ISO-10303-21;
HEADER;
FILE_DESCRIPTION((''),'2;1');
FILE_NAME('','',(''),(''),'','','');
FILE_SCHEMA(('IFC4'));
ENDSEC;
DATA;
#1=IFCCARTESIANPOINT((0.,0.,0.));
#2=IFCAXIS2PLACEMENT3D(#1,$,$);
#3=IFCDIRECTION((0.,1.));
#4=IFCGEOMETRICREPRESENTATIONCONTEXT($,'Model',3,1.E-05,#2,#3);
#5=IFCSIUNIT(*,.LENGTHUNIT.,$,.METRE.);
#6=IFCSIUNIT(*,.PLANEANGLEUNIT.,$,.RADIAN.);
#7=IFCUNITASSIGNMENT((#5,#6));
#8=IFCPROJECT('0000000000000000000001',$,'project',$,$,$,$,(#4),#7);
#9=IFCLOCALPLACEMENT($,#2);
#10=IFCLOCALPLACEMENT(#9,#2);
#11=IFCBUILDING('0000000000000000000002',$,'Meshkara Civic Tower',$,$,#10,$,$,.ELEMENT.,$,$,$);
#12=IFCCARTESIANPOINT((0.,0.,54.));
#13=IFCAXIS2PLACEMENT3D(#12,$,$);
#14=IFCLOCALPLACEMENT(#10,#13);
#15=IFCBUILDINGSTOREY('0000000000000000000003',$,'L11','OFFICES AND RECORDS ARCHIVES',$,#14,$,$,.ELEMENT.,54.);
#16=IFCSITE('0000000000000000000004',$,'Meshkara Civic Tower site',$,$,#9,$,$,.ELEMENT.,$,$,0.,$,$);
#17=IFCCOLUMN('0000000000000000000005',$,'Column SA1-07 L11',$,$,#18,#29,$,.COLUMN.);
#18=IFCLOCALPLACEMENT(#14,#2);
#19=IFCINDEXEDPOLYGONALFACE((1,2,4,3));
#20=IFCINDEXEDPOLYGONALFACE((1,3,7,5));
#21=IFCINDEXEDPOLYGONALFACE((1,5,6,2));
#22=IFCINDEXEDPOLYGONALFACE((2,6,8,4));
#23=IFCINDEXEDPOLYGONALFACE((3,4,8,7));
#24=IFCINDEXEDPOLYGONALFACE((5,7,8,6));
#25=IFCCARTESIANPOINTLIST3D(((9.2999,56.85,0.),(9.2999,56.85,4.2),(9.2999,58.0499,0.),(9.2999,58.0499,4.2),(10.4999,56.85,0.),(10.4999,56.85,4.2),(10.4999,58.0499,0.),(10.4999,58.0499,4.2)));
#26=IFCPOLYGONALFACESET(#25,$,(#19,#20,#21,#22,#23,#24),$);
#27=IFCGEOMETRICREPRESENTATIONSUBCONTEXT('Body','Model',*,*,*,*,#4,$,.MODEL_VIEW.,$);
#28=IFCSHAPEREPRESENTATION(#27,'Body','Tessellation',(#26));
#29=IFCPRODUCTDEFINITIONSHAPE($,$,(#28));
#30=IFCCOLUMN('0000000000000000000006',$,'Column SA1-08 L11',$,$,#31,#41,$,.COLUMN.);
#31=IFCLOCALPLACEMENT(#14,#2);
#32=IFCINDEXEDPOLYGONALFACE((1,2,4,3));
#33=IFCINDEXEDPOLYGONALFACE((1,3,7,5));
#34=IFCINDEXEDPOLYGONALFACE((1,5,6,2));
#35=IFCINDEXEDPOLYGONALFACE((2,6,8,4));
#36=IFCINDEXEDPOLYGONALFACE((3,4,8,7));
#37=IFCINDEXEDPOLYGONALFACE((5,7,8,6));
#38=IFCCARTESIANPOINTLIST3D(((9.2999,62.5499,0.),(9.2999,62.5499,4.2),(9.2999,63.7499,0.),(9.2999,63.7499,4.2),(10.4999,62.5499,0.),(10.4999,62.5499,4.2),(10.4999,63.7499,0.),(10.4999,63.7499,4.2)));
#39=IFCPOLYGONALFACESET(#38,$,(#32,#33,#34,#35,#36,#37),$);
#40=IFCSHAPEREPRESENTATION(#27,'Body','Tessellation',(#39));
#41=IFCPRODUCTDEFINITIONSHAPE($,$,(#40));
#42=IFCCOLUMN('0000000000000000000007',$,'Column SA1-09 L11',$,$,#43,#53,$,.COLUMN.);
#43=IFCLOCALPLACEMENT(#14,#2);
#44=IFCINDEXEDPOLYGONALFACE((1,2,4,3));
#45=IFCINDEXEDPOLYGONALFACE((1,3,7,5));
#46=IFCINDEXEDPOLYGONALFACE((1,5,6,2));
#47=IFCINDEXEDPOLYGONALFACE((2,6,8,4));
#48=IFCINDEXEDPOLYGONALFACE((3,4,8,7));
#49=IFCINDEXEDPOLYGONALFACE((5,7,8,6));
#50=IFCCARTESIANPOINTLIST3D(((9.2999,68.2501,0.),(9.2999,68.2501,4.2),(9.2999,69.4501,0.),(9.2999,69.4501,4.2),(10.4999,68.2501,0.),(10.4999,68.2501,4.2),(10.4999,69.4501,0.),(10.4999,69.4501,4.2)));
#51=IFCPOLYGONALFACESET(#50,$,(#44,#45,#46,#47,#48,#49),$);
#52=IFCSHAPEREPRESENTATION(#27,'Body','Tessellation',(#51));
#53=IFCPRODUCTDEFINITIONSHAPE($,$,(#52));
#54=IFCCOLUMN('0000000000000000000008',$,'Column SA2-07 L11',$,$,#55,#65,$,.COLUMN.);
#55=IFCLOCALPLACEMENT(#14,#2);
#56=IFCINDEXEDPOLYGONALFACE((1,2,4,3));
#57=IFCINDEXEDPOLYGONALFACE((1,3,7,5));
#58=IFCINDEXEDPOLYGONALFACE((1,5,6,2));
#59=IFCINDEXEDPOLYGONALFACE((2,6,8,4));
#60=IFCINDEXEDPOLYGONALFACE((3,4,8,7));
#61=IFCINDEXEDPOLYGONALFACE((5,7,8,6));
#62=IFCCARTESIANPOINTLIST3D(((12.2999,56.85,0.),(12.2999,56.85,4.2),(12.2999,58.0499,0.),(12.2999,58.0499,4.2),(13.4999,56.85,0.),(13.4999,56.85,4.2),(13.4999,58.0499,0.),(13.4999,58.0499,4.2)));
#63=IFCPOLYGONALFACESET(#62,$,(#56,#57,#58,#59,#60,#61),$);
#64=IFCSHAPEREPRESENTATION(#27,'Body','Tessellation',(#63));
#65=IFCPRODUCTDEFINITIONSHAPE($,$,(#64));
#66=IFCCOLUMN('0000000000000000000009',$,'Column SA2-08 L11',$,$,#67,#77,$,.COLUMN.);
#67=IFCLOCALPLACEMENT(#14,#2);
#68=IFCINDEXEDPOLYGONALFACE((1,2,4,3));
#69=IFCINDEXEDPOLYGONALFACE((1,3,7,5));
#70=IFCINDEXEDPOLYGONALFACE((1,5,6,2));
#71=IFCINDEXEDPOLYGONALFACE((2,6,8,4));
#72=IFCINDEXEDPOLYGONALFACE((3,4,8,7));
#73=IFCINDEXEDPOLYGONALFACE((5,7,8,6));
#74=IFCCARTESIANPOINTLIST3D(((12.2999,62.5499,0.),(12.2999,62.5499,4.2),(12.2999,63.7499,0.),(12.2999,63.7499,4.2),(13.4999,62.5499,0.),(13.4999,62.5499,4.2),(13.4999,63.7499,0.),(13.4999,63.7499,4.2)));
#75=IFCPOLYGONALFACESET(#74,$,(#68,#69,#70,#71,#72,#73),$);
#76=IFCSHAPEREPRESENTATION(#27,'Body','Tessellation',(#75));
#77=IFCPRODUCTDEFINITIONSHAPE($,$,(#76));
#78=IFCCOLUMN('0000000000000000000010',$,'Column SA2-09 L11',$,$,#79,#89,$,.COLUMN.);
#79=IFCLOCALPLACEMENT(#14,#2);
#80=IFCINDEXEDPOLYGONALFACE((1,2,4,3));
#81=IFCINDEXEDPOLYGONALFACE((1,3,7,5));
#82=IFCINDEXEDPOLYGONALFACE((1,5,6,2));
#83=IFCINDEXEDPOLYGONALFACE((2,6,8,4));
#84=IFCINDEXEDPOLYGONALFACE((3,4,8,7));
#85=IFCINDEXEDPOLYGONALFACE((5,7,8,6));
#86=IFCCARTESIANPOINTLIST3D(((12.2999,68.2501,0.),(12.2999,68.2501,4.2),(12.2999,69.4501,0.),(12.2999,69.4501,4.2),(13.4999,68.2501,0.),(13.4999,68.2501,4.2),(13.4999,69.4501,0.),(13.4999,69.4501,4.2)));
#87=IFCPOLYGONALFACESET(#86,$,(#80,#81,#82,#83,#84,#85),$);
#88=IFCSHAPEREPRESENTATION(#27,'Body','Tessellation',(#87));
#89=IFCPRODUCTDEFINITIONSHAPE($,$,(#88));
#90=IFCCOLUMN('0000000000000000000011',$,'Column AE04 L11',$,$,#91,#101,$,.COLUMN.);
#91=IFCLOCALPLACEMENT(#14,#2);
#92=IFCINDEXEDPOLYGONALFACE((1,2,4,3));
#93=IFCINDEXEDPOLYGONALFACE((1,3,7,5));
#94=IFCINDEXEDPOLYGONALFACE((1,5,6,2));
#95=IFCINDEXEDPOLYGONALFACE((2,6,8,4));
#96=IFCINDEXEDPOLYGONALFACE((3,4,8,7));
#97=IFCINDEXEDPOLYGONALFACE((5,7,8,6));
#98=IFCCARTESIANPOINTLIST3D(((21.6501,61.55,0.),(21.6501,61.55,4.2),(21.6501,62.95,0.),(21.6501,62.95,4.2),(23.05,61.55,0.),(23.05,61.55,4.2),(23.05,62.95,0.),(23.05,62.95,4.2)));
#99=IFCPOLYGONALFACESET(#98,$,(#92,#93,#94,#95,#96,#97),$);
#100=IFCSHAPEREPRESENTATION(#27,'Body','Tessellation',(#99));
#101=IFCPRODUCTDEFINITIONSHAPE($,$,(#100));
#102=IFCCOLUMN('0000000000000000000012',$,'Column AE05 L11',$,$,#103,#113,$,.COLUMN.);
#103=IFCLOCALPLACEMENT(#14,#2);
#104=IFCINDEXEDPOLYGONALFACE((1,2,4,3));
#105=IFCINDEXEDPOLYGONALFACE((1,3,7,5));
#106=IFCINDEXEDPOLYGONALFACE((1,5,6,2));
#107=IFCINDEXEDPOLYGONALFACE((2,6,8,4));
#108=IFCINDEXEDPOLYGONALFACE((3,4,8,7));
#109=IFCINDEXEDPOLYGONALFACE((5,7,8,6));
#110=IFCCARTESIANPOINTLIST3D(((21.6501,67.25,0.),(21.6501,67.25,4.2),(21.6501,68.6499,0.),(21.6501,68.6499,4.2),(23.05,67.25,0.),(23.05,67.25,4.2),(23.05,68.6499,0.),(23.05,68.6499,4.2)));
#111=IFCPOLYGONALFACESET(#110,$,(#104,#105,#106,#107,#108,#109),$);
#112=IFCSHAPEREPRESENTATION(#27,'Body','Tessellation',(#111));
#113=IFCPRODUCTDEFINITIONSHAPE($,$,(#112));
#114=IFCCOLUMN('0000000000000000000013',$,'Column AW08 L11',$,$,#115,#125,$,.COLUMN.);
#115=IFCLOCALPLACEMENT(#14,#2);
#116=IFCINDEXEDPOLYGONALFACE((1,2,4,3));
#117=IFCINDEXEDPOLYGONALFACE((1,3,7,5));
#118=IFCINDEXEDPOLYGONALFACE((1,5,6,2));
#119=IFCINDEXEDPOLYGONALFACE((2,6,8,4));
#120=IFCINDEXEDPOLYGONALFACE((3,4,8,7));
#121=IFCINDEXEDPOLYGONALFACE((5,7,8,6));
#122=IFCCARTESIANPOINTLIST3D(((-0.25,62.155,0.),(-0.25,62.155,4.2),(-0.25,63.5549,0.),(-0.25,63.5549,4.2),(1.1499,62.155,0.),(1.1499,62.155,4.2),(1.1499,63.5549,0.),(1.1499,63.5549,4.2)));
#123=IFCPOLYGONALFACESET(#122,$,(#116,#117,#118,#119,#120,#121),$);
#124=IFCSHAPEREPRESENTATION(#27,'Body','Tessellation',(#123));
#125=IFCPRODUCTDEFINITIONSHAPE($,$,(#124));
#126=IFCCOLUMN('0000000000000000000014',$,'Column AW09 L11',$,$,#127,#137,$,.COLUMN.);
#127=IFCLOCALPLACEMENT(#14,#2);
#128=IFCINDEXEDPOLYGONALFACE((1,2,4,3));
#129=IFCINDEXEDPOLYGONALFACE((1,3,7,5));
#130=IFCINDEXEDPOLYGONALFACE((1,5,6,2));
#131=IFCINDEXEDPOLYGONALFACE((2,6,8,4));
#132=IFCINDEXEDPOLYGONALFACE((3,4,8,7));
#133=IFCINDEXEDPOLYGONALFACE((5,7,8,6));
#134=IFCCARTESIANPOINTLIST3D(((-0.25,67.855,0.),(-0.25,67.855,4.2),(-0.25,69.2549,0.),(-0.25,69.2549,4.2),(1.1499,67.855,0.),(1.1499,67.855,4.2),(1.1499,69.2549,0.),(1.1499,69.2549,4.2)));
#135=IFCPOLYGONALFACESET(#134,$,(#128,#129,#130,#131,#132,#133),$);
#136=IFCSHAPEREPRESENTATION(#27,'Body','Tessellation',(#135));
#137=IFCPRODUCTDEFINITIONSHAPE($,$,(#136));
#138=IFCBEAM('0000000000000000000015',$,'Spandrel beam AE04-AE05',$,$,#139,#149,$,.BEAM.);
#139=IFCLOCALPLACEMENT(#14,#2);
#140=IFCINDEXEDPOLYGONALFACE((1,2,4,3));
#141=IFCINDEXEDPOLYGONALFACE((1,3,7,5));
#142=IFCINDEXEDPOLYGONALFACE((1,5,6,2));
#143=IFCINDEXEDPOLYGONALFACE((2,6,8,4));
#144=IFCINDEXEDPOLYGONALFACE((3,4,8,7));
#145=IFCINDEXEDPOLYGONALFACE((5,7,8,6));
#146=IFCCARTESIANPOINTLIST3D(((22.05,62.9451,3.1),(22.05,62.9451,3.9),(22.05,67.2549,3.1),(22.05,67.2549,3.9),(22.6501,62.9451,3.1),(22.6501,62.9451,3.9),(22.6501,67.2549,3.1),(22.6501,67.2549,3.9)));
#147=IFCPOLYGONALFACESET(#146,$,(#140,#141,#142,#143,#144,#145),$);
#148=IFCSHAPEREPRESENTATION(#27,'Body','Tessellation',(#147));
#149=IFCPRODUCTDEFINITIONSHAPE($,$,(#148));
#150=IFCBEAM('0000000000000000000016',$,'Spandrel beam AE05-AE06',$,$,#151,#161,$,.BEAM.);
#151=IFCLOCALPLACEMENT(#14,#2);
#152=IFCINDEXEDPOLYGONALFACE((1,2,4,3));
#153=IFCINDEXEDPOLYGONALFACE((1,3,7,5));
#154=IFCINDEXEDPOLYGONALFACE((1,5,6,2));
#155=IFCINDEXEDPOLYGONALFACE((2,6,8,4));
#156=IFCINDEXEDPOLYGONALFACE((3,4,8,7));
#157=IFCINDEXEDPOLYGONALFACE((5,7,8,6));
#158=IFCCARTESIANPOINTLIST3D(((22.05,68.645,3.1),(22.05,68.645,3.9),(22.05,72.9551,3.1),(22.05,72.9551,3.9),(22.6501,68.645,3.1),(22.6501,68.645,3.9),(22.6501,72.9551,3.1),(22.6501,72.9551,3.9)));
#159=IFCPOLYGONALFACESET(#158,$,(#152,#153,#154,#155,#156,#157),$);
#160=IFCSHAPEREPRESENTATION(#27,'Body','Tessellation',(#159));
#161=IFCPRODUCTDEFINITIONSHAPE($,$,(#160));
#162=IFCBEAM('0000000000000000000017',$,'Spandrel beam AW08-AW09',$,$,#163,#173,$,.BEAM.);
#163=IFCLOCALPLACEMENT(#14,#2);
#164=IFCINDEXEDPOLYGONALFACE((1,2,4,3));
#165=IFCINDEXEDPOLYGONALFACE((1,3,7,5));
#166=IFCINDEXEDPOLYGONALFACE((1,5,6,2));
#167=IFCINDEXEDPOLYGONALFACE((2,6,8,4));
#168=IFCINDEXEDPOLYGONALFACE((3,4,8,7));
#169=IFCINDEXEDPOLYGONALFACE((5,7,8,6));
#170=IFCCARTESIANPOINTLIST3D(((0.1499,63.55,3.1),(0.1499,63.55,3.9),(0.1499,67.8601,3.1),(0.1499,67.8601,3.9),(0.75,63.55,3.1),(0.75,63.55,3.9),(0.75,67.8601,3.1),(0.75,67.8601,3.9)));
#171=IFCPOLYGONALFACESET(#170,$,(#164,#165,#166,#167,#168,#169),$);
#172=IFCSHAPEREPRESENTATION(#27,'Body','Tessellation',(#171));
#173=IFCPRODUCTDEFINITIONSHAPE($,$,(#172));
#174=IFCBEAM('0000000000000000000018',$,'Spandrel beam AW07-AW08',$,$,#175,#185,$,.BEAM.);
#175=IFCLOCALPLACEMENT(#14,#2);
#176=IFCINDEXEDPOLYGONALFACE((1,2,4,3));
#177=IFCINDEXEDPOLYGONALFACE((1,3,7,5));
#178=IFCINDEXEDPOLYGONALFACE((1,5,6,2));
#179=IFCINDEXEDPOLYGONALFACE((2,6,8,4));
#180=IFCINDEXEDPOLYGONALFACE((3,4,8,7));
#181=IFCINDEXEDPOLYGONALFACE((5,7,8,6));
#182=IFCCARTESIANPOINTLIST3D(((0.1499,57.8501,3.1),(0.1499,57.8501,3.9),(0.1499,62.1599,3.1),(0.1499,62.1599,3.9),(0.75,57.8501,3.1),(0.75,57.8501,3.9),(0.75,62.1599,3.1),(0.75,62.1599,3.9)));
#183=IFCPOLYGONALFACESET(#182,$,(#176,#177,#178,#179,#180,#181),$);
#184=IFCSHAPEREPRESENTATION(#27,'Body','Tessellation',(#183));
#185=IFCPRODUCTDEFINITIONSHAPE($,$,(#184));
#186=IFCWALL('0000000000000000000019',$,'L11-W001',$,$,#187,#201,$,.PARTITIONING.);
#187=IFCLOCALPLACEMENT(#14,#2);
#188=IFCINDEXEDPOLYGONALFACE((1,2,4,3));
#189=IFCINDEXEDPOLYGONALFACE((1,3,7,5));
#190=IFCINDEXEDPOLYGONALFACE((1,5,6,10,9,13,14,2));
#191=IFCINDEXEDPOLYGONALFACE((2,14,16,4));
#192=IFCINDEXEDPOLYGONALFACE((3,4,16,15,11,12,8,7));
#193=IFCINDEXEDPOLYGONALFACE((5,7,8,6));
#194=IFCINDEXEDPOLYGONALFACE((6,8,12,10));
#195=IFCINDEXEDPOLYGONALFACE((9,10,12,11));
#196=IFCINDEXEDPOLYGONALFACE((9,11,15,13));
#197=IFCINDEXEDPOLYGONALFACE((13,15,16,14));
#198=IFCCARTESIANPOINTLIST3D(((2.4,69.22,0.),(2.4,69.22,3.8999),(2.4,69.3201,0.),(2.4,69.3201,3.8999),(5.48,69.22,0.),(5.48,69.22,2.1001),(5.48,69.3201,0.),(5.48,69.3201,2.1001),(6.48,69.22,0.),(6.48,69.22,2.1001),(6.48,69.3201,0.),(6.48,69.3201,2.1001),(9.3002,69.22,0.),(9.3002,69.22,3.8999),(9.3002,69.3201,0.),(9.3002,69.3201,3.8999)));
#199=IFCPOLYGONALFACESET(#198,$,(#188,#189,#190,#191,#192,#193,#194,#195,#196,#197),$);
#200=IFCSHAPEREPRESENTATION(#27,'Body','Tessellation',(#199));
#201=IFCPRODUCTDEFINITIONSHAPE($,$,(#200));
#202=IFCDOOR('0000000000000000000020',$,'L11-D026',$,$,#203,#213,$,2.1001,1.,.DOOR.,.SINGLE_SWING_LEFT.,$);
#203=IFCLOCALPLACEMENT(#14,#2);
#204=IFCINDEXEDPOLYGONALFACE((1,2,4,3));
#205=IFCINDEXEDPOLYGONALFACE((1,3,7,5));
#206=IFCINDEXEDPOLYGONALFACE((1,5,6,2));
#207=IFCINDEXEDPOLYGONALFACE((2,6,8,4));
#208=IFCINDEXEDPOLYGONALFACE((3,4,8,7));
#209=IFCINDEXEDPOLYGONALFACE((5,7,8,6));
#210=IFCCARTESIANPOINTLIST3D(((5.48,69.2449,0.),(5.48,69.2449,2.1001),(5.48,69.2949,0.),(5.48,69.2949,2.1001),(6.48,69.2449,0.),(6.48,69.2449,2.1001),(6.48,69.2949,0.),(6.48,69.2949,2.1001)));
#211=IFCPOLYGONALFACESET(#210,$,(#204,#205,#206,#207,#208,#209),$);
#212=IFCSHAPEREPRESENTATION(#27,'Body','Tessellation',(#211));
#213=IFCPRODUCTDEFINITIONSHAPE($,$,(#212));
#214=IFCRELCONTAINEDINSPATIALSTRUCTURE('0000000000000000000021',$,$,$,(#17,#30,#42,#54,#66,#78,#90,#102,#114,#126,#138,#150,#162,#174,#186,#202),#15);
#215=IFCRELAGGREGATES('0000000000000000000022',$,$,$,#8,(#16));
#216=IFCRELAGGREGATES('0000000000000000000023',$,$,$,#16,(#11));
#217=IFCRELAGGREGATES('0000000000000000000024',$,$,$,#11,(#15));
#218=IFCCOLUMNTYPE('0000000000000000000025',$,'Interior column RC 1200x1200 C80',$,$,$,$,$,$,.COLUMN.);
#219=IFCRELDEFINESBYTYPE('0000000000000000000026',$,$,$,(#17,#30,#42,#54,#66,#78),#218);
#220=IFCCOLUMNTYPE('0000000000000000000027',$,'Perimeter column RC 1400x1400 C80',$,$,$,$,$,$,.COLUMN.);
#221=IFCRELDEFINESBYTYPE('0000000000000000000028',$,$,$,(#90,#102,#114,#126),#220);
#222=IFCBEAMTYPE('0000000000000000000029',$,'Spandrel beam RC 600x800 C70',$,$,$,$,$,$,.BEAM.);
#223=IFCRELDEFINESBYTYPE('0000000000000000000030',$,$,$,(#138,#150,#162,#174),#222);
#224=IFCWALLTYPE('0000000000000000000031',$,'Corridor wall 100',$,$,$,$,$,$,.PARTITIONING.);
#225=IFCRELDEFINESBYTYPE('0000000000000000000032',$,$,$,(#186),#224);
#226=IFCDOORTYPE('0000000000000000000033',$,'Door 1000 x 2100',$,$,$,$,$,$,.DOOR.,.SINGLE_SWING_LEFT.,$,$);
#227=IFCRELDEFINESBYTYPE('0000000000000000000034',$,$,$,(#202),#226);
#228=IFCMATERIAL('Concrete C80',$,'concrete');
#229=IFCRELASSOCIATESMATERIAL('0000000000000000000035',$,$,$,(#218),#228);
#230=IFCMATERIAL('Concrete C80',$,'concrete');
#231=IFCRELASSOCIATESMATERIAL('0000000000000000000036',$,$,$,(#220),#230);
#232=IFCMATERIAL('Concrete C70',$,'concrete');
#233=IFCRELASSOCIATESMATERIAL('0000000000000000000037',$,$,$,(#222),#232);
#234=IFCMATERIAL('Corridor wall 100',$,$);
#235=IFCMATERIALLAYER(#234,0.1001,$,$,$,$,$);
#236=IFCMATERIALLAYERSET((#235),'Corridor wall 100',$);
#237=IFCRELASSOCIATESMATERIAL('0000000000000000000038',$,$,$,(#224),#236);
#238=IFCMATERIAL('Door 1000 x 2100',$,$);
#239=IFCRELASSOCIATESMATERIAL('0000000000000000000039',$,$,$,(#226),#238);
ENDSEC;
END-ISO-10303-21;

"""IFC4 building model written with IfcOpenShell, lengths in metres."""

from ifc_helpers import new_model, si_unit, direction, frame, frame_2d, origin, origin_2d, place, context, subcontext, project, spatial, rectangle, extrude, material, layer, layer_set, material_profile, profile_set, type_object, element, fill, save


model = new_model("IFC4")

# Units and contexts
model_context = context("Model", 3, precision=1e-05, world=origin(), true_north=direction((0.0, 1.0)))
body_context = subcontext(model_context, "Body", "Model", "MODEL_VIEW")
ifc_project = project(units=[si_unit("LENGTHUNIT", "METRE"), si_unit("PLANEANGLEUNIT", "RADIAN")], contexts=[model_context])

# Site, building, storey
site_placement = place(None, origin())
site = spatial("IfcSite", under=ifc_project, at=site_placement, Name="Meshkara Civic Tower site", CompositionType="ELEMENT", RefElevation=0.0)
building_placement = place(site_placement, origin())
building = spatial("IfcBuilding", under=site, at=building_placement, Name="Meshkara Civic Tower", CompositionType="ELEMENT")
storey_placement = place(building_placement, frame((0.0, 0.0, 54.0)))
storey = spatial("IfcBuildingStorey", under=building, at=storey_placement, Name="L11", Description="OFFICES AND RECORDS ARCHIVES", CompositionType="ELEMENT", Elevation=54.0)

# Columns
ifc_material_1 = material(Name="Concrete C80", Category="concrete")
ifc_material_profile_1 = material_profile(ifc_material_1, rectangle(XDim=1.2, YDim=1.2, at=origin_2d()))
ifc_profile_set_1 = profile_set([ifc_material_profile_1], Name="Concrete C80")
column_type_1 = type_object("IfcColumnType", Name="Interior column RC 1200x1200 C80", PredefinedType="COLUMN", material=ifc_profile_set_1)
for number, where, z_axis, x_axis, name in (
    (1, (9.8999, 57.45, 0.0), (0.0, 0.0, 1.0), (1.0, 0.0, 0.0), "Column SA1-07 L11"),
    (2, (9.8999, 63.1499, 0.0), (0.0, 0.0, 1.0), (1.0, 0.0, 0.0), "Column SA1-08 L11"),
    (3, (9.8999, 68.8501, 0.0), (0.0, 0.0, 1.0), (1.0, 0.0, 0.0), "Column SA1-09 L11"),
    (4, (12.8999, 57.45, 0.0), (0.0, 0.0, 1.0), (1.0, 0.0, 0.0), "Column SA2-07 L11"),
    (5, (12.8999, 63.1499, 0.0), (0.0, 0.0, 1.0), (1.0, 0.0, 0.0), "Column SA2-08 L11"),
    (6, (12.8999, 68.8501, 0.0), (0.0, 0.0, 1.0), (1.0, 0.0, 0.0), "Column SA2-09 L11"),
):
    element("IfcColumn", number, at=place(storey_placement, frame(where, z_axis=z_axis, x_axis=x_axis)), inside=storey, type_object=column_type_1, Name=name, PredefinedType="COLUMN", context=body_context, shape_type="SweptSolid", body=[
        extrude(rectangle(XDim=1.2, YDim=1.2, at=origin_2d()), origin(), (0.0, 0.0, 1.0), 4.2),
    ])
ifc_material_2 = material(Name="Concrete C80", Category="concrete")
ifc_material_profile_2 = material_profile(ifc_material_2, rectangle(XDim=1.3999, YDim=1.3999, at=origin_2d()))
ifc_profile_set_2 = profile_set([ifc_material_profile_2], Name="Concrete C80")
column_type_2 = type_object("IfcColumnType", Name="Perimeter column RC 1400x1400 C80", PredefinedType="COLUMN", material=ifc_profile_set_2)
for number, where, z_axis, x_axis, name in (
    (7, (22.3501, 62.25, 0.0), (0.0, 0.0, 1.0), (1.0, 0.0, 0.0), "Column AE04 L11"),
    (8, (22.3501, 67.95, 0.0), (0.0, 0.0, 1.0), (1.0, 0.0, 0.0), "Column AE05 L11"),
    (9, (0.45, 62.855, 0.0), (0.0, 0.0, 1.0), (1.0, 0.0, 0.0), "Column AW08 L11"),
    (10, (0.45, 68.5549, 0.0), (0.0, 0.0, 1.0), (1.0, 0.0, 0.0), "Column AW09 L11"),
):
    element("IfcColumn", number, at=place(storey_placement, frame(where, z_axis=z_axis, x_axis=x_axis)), inside=storey, type_object=column_type_2, Name=name, PredefinedType="COLUMN", context=body_context, shape_type="SweptSolid", body=[
        extrude(rectangle(XDim=1.3999, YDim=1.3999, at=origin_2d()), origin(), (0.0, 0.0, 1.0), 4.2),
    ])

# Beams
ifc_material_3 = material(Name="Concrete C70", Category="concrete")
ifc_material_profile_3 = material_profile(ifc_material_3, rectangle(XDim=0.6001, YDim=0.8, at=origin_2d()))
ifc_profile_set_3 = profile_set([ifc_material_profile_3], Name="Concrete C70")
beam_type = type_object("IfcBeamType", Name="Spandrel beam RC 600x800 C70", PredefinedType="BEAM", material=ifc_profile_set_3)
beam_1_placement = place(storey_placement, frame((22.3501, 62.9451, 3.5), z_axis=(0.0, 1.0, 0.0), x_axis=(-1.0, 0.0, 0.0)))
element("IfcBeam", 11, at=beam_1_placement, inside=storey, type_object=beam_type, Name="Spandrel beam AE04-AE05", PredefinedType="BEAM", context=body_context, shape_type="SweptSolid", body=[
    extrude(rectangle(XDim=0.6001, YDim=0.8, at=origin_2d()), origin(), (0.0, 0.0, 1.0), 4.3098),
])
for number, where, z_axis, x_axis, name in (
    (12, (22.3501, 68.645, 3.5), (0.0, 1.0, 0.0), (-1.0, 0.0, 0.0), "Spandrel beam AE05-AE06"),
    (13, (0.45, 67.8601, 3.5), (0.0, -1.0, 0.0), (1.0, 0.0, 0.0), "Spandrel beam AW08-AW09"),
):
    element("IfcBeam", number, at=place(storey_placement, frame(where, z_axis=z_axis, x_axis=x_axis)), inside=storey, type_object=beam_type, Name=name, PredefinedType="BEAM", context=body_context, shape_type="SweptSolid", body=[
        extrude(rectangle(XDim=0.6001, YDim=0.8, at=origin_2d()), origin(), (0.0, 0.0, 1.0), 4.3101),
    ])
beam_2_placement = place(storey_placement, frame((0.45, 62.1599, 3.5), z_axis=(0.0, -1.0, 0.0), x_axis=(1.0, 0.0, 0.0)))
element("IfcBeam", 14, at=beam_2_placement, inside=storey, type_object=beam_type, Name="Spandrel beam AW07-AW08", PredefinedType="BEAM", context=body_context, shape_type="SweptSolid", body=[
    extrude(rectangle(XDim=0.6001, YDim=0.8, at=origin_2d()), origin(), (0.0, 0.0, 1.0), 4.3098),
])

# Wall, opening, door
ifc_material_4 = material(Name="Corridor wall 100")
ifc_layer_1 = layer(ifc_material_4, 0.1001)
ifc_layer_set_1 = layer_set([ifc_layer_1], Name="Corridor wall 100")
wall_type_1 = type_object("IfcWallType", Name="Corridor wall 100", PredefinedType="PARTITIONING", material=ifc_layer_set_1)
wall_1_placement = place(storey_placement, frame((2.3999, 69.27, 0.0), z_axis=(0.0, 0.0, 1.0), x_axis=(1.0, 0.0, 0.0)))
wall_1 = element("IfcWall", 15, at=wall_1_placement, inside=storey, type_object=wall_type_1, Name="L11-W001", PredefinedType="PARTITIONING", context=body_context, shape_type="SweptSolid", body=[
    extrude(rectangle(XDim=6.9001, YDim=0.1001, at=frame_2d((3.4502, 0.0))), origin(), (0.0, 0.0, 1.0), 3.8999),
])
opening_1_placement = place(wall_1_placement, frame((3.0801, 0.0, 0.0)))
opening_1 = element("IfcOpeningElement", 16, at=opening_1_placement, cuts=wall_1, PredefinedType="OPENING", context=body_context, shape_type="SweptSolid", body=[
    extrude(rectangle(XDim=1.0, YDim=2.1001, at=frame_2d((0.5, 1.05))), frame((0.0, 0.0601, 0.0), z_axis=(0.0, -1.0, 0.0), x_axis=(1.0, 0.0, 0.0)), (0.0, 0.0, 1.0), 0.1201),
])
ifc_material_5 = material(Name="Door 1000 x 2100")
door_type = type_object("IfcDoorType", Name="Door 1000 x 2100", OperationType="SINGLE_SWING_LEFT", PredefinedType="DOOR", material=ifc_material_5)
door_placement = place(opening_1_placement, origin())
door = element("IfcDoor", 17, at=door_placement, inside=storey, type_object=door_type, Name="L11-D026", OperationType="SINGLE_SWING_LEFT", OverallHeight=2.1001, OverallWidth=1.0, PredefinedType="DOOR", context=body_context, shape_type="SweptSolid", body=[
    extrude(rectangle(XDim=1.0, YDim=2.1001, at=frame_2d((0.5, 1.05))), frame((0.0, 0.0249, 0.0), z_axis=(0.0, -1.0, 0.0), x_axis=(1.0, 0.0, 0.0)), (0.0, 0.0, 1.0), 0.05),
])
fill(opening_1, door)

save(model, "model.ifc")
